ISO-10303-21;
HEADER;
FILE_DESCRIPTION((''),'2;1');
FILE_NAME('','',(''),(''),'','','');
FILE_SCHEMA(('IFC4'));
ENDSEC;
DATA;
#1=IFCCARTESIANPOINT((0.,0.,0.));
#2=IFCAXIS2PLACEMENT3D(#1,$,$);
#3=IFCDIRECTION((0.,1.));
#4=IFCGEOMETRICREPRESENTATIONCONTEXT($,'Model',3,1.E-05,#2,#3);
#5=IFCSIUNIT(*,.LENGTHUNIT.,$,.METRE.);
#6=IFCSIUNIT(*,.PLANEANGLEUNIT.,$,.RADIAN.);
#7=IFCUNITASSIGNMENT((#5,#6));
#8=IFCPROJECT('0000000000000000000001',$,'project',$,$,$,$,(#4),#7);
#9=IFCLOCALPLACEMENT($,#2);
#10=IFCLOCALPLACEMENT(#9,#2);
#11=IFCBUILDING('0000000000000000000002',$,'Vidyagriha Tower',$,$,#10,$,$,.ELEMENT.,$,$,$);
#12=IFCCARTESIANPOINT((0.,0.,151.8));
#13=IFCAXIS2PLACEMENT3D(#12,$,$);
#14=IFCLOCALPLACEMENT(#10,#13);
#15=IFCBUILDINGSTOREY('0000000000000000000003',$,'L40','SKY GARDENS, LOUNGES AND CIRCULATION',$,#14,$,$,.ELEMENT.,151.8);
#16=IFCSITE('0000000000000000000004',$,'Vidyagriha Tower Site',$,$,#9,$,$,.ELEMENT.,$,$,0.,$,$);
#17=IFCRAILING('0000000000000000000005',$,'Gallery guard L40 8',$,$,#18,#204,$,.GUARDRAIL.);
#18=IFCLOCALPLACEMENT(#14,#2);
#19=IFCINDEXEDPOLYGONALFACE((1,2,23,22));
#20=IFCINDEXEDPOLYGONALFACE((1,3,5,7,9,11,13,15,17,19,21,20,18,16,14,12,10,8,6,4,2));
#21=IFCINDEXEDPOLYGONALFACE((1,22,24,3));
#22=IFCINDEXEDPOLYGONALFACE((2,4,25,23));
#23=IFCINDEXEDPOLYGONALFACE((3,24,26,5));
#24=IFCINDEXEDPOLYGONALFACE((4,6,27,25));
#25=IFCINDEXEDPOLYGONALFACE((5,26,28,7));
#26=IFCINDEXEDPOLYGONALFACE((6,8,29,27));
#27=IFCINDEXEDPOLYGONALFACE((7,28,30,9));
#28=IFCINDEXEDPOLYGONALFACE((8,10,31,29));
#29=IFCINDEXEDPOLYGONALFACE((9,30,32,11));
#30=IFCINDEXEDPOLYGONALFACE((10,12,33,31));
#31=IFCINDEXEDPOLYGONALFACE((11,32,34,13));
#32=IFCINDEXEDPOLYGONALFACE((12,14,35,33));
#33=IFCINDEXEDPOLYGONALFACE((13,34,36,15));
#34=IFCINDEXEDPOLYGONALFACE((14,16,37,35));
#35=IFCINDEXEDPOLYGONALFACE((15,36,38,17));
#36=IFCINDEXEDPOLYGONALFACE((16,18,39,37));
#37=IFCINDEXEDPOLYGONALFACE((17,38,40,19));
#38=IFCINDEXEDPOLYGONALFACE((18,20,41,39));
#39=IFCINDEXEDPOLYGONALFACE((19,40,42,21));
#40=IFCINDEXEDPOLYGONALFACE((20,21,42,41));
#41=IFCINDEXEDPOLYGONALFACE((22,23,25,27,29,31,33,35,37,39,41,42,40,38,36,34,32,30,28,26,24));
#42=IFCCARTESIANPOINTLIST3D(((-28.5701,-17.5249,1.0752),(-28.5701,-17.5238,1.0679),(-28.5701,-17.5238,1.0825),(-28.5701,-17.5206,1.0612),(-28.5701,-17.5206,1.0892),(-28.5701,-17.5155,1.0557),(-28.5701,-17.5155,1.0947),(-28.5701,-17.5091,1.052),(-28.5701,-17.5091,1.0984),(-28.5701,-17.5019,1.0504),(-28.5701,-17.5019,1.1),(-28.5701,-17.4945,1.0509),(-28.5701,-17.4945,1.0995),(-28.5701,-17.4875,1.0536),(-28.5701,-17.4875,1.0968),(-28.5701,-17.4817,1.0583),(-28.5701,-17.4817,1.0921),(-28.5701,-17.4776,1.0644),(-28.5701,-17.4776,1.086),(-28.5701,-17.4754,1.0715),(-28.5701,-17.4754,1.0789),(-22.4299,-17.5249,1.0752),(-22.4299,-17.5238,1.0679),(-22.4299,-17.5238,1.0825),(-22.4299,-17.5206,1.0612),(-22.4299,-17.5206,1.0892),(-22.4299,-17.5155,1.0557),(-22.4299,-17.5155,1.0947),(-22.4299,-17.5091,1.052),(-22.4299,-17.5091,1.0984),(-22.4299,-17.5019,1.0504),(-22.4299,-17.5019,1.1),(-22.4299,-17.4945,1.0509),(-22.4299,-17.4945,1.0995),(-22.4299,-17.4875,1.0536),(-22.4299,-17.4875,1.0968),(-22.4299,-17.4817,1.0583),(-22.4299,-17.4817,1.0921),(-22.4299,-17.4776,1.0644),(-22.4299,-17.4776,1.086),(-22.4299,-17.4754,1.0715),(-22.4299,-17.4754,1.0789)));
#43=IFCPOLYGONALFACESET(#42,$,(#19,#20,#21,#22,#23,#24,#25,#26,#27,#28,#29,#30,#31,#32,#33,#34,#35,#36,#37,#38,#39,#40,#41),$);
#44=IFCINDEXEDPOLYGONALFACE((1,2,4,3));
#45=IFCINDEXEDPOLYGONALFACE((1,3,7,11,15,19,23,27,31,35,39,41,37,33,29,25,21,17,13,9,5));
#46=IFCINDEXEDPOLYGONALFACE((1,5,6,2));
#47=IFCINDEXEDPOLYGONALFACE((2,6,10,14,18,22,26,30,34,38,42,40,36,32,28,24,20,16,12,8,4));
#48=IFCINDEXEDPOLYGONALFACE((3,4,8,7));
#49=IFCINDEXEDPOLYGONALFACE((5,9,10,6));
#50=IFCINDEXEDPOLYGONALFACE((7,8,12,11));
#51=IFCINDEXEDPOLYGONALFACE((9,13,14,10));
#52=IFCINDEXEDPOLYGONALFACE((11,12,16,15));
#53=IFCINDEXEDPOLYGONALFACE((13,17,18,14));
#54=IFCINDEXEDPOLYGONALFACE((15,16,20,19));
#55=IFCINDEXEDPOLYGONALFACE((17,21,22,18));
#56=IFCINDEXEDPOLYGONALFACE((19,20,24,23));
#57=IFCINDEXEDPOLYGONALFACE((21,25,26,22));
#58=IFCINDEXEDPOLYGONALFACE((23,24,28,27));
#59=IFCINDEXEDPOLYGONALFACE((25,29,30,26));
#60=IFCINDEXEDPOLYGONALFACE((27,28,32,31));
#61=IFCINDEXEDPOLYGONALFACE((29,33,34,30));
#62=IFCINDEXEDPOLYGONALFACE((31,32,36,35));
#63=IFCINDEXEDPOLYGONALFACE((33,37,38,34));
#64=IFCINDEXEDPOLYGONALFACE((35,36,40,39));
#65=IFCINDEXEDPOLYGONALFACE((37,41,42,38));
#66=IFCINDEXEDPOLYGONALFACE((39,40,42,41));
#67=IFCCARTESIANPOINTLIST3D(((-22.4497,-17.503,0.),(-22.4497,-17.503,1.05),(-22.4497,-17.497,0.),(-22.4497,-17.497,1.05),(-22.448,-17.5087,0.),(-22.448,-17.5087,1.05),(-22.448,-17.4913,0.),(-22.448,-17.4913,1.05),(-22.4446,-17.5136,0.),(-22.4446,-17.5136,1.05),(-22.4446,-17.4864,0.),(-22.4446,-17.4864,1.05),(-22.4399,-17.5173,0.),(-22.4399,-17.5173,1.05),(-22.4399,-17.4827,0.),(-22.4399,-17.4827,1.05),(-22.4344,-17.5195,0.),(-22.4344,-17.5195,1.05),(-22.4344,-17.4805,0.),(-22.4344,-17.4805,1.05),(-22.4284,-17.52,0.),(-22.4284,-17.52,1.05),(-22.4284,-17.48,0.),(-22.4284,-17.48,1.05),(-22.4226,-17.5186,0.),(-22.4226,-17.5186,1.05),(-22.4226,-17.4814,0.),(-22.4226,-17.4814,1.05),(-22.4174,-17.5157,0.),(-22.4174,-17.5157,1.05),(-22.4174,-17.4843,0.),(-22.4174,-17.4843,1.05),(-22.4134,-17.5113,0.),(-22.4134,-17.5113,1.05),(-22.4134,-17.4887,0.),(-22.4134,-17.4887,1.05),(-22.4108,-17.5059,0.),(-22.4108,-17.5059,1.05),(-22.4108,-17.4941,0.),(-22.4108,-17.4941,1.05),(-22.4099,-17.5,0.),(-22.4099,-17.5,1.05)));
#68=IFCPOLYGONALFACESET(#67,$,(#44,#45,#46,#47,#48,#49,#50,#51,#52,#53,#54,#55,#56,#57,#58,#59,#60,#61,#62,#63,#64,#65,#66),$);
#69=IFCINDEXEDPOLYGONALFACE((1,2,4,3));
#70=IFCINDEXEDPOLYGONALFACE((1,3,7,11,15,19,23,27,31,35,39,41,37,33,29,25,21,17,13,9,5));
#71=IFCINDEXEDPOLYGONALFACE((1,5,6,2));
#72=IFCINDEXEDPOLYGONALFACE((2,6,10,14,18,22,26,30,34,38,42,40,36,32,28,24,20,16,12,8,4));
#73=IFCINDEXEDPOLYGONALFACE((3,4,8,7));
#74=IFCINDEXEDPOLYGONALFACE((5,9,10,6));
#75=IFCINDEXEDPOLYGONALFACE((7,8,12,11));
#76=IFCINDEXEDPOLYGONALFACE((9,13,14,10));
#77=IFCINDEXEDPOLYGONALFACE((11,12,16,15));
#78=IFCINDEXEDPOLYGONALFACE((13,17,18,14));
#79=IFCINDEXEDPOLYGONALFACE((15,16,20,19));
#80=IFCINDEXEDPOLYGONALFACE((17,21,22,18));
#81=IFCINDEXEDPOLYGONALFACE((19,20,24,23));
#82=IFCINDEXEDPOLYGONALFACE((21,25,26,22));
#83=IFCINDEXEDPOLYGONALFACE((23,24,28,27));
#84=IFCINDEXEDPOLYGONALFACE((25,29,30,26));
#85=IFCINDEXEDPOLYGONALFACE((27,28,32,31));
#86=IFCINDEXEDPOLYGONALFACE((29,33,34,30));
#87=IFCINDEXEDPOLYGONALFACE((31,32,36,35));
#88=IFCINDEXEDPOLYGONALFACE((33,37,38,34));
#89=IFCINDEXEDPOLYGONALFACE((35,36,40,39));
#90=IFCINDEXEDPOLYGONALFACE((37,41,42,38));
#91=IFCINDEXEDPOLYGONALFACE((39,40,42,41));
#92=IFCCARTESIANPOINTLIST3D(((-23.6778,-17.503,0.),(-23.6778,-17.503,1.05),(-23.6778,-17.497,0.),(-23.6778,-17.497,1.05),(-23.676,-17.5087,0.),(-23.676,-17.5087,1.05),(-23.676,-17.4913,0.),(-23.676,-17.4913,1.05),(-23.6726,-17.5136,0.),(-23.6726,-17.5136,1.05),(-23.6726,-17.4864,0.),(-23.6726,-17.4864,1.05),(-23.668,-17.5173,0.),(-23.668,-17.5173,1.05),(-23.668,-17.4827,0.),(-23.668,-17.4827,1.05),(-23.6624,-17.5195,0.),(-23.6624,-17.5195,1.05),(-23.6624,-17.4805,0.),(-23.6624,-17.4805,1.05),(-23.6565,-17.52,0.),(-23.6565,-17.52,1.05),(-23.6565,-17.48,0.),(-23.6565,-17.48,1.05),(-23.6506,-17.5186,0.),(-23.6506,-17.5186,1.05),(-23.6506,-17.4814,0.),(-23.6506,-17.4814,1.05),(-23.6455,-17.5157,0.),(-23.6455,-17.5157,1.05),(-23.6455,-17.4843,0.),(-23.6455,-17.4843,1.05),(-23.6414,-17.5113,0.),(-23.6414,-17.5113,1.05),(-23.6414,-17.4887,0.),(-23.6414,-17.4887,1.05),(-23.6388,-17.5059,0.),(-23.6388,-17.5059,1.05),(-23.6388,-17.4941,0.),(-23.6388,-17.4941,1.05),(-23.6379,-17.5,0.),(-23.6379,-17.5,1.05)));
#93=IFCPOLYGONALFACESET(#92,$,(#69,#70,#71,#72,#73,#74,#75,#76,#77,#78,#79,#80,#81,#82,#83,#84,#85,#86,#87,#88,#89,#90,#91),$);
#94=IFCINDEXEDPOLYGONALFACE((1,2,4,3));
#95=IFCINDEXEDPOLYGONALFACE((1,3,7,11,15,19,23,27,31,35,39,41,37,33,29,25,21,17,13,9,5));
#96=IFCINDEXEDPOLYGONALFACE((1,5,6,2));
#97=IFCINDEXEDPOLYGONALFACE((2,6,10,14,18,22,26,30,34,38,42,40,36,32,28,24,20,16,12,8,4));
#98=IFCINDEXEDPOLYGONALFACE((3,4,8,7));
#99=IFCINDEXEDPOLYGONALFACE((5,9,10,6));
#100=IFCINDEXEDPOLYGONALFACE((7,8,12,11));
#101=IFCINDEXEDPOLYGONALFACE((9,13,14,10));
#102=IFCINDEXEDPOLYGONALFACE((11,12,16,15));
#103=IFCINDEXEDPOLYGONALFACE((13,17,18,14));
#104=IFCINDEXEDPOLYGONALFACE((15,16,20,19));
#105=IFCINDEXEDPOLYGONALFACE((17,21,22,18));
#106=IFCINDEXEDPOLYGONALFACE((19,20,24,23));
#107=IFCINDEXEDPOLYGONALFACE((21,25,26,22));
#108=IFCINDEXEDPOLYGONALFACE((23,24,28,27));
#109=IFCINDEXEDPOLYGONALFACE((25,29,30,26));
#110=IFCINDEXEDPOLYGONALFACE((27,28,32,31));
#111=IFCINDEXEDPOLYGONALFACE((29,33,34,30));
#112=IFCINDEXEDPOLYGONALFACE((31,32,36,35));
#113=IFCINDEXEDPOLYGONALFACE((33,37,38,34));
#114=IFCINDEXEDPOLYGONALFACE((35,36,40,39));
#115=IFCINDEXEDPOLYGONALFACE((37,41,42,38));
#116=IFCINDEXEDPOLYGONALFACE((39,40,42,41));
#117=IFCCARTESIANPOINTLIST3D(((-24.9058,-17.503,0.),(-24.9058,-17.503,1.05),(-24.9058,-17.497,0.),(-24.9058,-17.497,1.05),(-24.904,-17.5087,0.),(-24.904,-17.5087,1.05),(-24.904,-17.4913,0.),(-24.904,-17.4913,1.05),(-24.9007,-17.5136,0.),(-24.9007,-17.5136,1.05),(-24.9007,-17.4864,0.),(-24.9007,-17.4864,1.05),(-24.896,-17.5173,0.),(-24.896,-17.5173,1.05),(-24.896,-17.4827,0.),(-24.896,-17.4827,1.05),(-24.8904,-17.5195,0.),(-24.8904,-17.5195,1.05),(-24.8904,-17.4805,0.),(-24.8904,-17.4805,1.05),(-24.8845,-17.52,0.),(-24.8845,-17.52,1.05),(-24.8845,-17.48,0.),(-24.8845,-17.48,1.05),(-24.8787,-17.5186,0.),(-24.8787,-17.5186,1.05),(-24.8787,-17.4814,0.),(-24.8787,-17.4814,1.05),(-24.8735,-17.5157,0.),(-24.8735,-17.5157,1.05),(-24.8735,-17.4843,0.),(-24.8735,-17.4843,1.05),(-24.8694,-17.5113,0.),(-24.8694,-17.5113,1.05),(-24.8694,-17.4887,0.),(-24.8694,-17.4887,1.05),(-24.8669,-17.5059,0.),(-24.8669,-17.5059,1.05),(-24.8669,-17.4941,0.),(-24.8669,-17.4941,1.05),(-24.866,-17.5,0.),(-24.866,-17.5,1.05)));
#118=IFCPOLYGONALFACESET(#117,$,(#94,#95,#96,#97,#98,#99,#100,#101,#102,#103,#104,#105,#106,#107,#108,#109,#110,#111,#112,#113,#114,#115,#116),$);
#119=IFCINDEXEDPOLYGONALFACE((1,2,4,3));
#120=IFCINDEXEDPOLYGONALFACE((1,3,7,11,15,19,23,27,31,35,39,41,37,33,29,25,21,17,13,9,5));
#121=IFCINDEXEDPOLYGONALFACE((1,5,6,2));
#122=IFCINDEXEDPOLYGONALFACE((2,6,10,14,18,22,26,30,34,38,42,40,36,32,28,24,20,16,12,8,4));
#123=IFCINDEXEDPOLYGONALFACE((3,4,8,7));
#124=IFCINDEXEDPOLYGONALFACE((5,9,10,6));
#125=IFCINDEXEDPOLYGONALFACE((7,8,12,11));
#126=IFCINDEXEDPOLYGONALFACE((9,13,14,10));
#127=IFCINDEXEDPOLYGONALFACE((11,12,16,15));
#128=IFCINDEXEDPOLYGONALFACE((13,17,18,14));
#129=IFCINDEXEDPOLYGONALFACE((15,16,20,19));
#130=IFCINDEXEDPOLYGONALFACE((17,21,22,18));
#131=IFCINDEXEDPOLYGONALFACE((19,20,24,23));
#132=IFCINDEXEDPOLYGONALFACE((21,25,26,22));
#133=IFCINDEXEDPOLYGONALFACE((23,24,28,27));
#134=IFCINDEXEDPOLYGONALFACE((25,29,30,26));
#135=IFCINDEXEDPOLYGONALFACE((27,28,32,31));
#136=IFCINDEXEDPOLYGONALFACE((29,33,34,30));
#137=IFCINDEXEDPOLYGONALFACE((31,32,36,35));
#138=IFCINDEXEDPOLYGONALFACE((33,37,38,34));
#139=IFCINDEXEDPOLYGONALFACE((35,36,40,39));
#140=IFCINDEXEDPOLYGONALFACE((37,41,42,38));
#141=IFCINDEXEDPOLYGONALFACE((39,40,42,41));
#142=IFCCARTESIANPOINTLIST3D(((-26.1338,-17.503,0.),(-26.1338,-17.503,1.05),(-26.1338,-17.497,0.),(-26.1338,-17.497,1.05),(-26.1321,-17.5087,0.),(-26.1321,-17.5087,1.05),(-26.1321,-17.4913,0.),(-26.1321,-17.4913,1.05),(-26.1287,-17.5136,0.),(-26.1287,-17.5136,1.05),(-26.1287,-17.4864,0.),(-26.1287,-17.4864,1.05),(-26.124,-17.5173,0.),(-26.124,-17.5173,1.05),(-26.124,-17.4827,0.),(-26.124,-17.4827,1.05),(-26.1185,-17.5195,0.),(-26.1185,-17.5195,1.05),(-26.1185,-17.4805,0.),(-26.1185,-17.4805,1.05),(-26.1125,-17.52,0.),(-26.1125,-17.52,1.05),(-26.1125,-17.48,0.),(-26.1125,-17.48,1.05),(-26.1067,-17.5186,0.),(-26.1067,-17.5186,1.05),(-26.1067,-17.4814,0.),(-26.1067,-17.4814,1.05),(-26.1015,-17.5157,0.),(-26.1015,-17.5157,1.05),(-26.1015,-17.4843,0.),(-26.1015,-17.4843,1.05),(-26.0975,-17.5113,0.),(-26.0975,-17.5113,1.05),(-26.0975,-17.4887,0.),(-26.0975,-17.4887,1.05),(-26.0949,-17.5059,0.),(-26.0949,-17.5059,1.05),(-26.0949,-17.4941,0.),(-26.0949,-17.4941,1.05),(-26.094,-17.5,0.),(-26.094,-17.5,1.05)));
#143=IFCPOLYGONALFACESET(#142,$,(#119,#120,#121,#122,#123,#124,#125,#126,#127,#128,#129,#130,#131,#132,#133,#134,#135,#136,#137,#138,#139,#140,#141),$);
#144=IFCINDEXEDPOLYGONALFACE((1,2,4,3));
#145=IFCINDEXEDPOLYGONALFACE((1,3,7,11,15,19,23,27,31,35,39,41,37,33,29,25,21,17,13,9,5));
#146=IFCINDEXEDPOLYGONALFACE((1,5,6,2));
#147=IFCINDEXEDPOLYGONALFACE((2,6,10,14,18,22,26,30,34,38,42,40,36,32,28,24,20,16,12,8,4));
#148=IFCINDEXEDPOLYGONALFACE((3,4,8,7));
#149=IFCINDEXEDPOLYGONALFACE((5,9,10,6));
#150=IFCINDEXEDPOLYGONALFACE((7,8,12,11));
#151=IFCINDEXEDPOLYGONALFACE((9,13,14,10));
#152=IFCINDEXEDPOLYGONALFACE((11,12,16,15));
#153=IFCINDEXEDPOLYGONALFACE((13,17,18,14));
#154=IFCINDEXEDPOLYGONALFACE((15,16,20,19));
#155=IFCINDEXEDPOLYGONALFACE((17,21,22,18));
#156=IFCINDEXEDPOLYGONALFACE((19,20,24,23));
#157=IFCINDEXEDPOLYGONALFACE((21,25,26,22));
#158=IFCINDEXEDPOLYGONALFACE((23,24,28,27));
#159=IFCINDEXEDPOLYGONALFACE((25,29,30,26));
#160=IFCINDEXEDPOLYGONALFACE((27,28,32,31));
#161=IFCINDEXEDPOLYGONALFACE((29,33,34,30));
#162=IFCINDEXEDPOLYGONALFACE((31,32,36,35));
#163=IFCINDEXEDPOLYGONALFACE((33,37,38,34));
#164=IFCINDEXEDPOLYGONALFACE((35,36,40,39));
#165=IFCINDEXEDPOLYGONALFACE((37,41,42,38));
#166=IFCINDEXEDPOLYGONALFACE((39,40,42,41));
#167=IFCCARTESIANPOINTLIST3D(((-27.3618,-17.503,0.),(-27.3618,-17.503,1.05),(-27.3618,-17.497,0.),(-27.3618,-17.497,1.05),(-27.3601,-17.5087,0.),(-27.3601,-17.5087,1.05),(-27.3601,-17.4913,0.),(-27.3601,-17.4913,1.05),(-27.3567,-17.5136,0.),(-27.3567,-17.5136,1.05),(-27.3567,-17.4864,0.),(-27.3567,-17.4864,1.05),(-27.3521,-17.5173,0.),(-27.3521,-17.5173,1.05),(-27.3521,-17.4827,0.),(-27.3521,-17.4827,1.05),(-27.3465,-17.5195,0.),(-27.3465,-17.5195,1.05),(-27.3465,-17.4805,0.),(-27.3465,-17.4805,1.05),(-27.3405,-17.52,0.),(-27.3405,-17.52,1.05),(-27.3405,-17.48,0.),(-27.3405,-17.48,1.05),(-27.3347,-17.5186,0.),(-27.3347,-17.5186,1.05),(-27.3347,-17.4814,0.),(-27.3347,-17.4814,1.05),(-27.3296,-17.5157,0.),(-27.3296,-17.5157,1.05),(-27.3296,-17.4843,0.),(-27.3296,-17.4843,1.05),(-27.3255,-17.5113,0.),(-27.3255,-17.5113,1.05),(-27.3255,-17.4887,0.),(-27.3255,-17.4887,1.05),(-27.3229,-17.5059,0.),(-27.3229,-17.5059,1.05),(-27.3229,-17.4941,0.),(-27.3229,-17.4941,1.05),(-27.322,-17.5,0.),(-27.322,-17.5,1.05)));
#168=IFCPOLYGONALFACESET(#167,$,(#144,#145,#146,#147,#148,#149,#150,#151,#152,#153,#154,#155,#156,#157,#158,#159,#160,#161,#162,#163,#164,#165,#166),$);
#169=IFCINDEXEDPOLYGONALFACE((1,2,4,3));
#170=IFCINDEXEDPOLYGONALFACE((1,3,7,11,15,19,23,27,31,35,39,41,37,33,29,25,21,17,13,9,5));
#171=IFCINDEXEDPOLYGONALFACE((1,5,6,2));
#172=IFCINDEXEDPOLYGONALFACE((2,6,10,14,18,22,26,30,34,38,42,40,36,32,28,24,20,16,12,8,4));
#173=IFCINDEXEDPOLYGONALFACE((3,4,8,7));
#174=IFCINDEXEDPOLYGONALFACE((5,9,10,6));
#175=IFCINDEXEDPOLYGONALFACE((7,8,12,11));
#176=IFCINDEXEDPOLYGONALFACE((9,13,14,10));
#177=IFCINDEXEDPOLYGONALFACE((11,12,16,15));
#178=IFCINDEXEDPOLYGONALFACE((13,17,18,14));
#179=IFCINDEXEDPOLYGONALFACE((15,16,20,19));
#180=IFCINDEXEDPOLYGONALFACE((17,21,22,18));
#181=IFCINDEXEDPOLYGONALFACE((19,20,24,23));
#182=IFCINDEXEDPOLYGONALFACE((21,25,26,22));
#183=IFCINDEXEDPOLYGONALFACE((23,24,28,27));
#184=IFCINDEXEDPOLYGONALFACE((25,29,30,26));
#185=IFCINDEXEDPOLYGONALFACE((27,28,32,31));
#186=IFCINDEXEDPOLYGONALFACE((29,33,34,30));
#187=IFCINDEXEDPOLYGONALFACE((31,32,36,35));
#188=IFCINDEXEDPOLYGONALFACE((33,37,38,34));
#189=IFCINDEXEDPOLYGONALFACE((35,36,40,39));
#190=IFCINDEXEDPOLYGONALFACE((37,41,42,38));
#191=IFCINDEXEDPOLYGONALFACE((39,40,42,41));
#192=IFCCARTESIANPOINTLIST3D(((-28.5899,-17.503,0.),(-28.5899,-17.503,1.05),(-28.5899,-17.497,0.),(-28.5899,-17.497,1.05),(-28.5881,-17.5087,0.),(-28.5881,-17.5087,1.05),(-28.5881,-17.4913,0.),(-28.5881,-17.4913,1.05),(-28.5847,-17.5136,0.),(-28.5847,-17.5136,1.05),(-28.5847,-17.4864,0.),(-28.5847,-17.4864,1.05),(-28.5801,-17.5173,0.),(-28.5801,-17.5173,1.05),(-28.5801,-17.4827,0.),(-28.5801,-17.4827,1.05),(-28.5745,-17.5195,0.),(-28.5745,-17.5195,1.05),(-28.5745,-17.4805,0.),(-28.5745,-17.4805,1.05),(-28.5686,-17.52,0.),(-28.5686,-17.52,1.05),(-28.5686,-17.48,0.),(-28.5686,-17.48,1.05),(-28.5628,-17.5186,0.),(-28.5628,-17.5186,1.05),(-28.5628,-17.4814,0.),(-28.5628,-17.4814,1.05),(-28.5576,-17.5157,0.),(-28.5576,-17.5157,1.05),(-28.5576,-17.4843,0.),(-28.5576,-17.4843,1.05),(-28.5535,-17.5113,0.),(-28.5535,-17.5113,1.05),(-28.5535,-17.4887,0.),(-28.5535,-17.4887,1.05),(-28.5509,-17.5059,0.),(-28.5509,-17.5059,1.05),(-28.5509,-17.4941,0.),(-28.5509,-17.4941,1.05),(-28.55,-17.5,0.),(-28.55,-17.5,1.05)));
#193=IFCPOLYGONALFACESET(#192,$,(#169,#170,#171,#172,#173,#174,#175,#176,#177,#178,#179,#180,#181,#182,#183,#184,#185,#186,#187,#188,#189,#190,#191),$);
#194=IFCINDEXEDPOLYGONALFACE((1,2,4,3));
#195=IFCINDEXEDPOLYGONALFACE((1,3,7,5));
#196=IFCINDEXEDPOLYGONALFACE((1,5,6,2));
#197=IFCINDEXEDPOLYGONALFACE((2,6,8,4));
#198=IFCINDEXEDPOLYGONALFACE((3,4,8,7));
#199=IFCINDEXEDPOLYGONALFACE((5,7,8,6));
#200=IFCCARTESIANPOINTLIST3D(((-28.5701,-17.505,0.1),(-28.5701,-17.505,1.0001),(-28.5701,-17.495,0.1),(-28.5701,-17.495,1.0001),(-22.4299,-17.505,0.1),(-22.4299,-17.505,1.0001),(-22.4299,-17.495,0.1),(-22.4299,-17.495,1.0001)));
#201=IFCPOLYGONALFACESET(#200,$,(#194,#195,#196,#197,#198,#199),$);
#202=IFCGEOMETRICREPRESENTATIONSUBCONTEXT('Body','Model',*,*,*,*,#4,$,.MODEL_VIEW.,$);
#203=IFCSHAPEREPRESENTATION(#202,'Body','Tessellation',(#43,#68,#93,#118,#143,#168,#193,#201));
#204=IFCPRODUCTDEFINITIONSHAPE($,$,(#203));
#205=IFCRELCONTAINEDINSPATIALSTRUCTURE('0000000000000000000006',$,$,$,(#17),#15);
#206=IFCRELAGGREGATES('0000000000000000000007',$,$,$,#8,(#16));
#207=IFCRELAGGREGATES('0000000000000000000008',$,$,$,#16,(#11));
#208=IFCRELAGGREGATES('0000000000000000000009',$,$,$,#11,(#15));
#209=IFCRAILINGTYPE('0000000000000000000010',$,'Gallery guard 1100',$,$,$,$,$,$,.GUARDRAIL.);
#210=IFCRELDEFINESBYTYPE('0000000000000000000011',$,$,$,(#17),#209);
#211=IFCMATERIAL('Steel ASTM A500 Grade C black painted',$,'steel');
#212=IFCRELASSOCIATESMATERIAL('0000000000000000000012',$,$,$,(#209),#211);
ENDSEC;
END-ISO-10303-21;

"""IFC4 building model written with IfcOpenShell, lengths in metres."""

from ifc_helpers import new_model, si_unit, direction, frame, origin, origin_2d, place, context, subcontext, project, spatial, rectangle, circle, extrude, material, type_object, element, save


model = new_model("IFC4")

# Units and contexts
model_context = context("Model", 3, precision=1e-05, world=origin(), true_north=direction((0.0, 1.0)))
body_context = subcontext(model_context, "Body", "Model", "MODEL_VIEW")
ifc_project = project(units=[si_unit("LENGTHUNIT", "METRE"), si_unit("PLANEANGLEUNIT", "RADIAN")], contexts=[model_context])

# Site, building, storey
site_placement = place(None, origin())
site = spatial("IfcSite", under=ifc_project, at=site_placement, Name="Vidyagriha Tower Site", CompositionType="ELEMENT", RefElevation=0.0)
building_placement = place(site_placement, origin())
building = spatial("IfcBuilding", under=site, at=building_placement, Name="Vidyagriha Tower", CompositionType="ELEMENT")
storey_placement = place(building_placement, frame((0.0, 0.0, 151.8)))
storey = spatial("IfcBuildingStorey", under=building, at=storey_placement, Name="L40", Description="SKY GARDENS, LOUNGES AND CIRCULATION", CompositionType="ELEMENT", Elevation=151.8)

# Railing
ifc_material_1 = material(Name="Steel ASTM A500 Grade C black painted", Category="steel")
railing_type = type_object("IfcRailingType", Name="Gallery guard 1100", PredefinedType="GUARDRAIL", material=ifc_material_1)
railing_1_placement = place(storey_placement, frame((-22.4299, -17.5, 0.0)))
element("IfcRailing", 1, at=railing_1_placement, inside=storey, type_object=railing_type, Name="Gallery guard L40 8", PredefinedType="GUARDRAIL", context=body_context, shape_type="SweptSolid", body=[
    extrude(circle(Radius=0.0249, at=origin_2d()), frame((0.0, 0.0, 1.0752), z_axis=(-1.0, 0.0, 0.0), x_axis=(0.0, -1.0, 0.0)), (0.0, 0.0, 1.0), 6.1401),
    extrude(circle(Radius=0.02, at=origin_2d()), origin(), (0.0, 0.0, 1.0), 1.05),
    extrude(circle(Radius=0.02, at=origin_2d()), frame((-1.228, 0.0, 0.0)), (0.0, 0.0, 1.0), 1.05),
    extrude(circle(Radius=0.02, at=origin_2d()), frame((-2.4561, 0.0, 0.0)), (0.0, 0.0, 1.0), 1.05),
    extrude(circle(Radius=0.02, at=origin_2d()), frame((-3.6841, 0.0, 0.0)), (0.0, 0.0, 1.0), 1.05),
    extrude(circle(Radius=0.02, at=origin_2d()), frame((-4.9121, 0.0, 0.0)), (0.0, 0.0, 1.0), 1.05),
    extrude(circle(Radius=0.02, at=origin_2d()), frame((-6.1401, 0.0, 0.0)), (0.0, 0.0, 1.0), 1.05),
    extrude(rectangle(XDim=0.01, YDim=0.9001, at=origin_2d()), frame((0.0, 0.0, 0.55), z_axis=(-1.0, 0.0, 0.0), x_axis=(0.0, -1.0, 0.0)), (0.0, 0.0, 1.0), 6.1401),
])

save(model, "model.ifc")
